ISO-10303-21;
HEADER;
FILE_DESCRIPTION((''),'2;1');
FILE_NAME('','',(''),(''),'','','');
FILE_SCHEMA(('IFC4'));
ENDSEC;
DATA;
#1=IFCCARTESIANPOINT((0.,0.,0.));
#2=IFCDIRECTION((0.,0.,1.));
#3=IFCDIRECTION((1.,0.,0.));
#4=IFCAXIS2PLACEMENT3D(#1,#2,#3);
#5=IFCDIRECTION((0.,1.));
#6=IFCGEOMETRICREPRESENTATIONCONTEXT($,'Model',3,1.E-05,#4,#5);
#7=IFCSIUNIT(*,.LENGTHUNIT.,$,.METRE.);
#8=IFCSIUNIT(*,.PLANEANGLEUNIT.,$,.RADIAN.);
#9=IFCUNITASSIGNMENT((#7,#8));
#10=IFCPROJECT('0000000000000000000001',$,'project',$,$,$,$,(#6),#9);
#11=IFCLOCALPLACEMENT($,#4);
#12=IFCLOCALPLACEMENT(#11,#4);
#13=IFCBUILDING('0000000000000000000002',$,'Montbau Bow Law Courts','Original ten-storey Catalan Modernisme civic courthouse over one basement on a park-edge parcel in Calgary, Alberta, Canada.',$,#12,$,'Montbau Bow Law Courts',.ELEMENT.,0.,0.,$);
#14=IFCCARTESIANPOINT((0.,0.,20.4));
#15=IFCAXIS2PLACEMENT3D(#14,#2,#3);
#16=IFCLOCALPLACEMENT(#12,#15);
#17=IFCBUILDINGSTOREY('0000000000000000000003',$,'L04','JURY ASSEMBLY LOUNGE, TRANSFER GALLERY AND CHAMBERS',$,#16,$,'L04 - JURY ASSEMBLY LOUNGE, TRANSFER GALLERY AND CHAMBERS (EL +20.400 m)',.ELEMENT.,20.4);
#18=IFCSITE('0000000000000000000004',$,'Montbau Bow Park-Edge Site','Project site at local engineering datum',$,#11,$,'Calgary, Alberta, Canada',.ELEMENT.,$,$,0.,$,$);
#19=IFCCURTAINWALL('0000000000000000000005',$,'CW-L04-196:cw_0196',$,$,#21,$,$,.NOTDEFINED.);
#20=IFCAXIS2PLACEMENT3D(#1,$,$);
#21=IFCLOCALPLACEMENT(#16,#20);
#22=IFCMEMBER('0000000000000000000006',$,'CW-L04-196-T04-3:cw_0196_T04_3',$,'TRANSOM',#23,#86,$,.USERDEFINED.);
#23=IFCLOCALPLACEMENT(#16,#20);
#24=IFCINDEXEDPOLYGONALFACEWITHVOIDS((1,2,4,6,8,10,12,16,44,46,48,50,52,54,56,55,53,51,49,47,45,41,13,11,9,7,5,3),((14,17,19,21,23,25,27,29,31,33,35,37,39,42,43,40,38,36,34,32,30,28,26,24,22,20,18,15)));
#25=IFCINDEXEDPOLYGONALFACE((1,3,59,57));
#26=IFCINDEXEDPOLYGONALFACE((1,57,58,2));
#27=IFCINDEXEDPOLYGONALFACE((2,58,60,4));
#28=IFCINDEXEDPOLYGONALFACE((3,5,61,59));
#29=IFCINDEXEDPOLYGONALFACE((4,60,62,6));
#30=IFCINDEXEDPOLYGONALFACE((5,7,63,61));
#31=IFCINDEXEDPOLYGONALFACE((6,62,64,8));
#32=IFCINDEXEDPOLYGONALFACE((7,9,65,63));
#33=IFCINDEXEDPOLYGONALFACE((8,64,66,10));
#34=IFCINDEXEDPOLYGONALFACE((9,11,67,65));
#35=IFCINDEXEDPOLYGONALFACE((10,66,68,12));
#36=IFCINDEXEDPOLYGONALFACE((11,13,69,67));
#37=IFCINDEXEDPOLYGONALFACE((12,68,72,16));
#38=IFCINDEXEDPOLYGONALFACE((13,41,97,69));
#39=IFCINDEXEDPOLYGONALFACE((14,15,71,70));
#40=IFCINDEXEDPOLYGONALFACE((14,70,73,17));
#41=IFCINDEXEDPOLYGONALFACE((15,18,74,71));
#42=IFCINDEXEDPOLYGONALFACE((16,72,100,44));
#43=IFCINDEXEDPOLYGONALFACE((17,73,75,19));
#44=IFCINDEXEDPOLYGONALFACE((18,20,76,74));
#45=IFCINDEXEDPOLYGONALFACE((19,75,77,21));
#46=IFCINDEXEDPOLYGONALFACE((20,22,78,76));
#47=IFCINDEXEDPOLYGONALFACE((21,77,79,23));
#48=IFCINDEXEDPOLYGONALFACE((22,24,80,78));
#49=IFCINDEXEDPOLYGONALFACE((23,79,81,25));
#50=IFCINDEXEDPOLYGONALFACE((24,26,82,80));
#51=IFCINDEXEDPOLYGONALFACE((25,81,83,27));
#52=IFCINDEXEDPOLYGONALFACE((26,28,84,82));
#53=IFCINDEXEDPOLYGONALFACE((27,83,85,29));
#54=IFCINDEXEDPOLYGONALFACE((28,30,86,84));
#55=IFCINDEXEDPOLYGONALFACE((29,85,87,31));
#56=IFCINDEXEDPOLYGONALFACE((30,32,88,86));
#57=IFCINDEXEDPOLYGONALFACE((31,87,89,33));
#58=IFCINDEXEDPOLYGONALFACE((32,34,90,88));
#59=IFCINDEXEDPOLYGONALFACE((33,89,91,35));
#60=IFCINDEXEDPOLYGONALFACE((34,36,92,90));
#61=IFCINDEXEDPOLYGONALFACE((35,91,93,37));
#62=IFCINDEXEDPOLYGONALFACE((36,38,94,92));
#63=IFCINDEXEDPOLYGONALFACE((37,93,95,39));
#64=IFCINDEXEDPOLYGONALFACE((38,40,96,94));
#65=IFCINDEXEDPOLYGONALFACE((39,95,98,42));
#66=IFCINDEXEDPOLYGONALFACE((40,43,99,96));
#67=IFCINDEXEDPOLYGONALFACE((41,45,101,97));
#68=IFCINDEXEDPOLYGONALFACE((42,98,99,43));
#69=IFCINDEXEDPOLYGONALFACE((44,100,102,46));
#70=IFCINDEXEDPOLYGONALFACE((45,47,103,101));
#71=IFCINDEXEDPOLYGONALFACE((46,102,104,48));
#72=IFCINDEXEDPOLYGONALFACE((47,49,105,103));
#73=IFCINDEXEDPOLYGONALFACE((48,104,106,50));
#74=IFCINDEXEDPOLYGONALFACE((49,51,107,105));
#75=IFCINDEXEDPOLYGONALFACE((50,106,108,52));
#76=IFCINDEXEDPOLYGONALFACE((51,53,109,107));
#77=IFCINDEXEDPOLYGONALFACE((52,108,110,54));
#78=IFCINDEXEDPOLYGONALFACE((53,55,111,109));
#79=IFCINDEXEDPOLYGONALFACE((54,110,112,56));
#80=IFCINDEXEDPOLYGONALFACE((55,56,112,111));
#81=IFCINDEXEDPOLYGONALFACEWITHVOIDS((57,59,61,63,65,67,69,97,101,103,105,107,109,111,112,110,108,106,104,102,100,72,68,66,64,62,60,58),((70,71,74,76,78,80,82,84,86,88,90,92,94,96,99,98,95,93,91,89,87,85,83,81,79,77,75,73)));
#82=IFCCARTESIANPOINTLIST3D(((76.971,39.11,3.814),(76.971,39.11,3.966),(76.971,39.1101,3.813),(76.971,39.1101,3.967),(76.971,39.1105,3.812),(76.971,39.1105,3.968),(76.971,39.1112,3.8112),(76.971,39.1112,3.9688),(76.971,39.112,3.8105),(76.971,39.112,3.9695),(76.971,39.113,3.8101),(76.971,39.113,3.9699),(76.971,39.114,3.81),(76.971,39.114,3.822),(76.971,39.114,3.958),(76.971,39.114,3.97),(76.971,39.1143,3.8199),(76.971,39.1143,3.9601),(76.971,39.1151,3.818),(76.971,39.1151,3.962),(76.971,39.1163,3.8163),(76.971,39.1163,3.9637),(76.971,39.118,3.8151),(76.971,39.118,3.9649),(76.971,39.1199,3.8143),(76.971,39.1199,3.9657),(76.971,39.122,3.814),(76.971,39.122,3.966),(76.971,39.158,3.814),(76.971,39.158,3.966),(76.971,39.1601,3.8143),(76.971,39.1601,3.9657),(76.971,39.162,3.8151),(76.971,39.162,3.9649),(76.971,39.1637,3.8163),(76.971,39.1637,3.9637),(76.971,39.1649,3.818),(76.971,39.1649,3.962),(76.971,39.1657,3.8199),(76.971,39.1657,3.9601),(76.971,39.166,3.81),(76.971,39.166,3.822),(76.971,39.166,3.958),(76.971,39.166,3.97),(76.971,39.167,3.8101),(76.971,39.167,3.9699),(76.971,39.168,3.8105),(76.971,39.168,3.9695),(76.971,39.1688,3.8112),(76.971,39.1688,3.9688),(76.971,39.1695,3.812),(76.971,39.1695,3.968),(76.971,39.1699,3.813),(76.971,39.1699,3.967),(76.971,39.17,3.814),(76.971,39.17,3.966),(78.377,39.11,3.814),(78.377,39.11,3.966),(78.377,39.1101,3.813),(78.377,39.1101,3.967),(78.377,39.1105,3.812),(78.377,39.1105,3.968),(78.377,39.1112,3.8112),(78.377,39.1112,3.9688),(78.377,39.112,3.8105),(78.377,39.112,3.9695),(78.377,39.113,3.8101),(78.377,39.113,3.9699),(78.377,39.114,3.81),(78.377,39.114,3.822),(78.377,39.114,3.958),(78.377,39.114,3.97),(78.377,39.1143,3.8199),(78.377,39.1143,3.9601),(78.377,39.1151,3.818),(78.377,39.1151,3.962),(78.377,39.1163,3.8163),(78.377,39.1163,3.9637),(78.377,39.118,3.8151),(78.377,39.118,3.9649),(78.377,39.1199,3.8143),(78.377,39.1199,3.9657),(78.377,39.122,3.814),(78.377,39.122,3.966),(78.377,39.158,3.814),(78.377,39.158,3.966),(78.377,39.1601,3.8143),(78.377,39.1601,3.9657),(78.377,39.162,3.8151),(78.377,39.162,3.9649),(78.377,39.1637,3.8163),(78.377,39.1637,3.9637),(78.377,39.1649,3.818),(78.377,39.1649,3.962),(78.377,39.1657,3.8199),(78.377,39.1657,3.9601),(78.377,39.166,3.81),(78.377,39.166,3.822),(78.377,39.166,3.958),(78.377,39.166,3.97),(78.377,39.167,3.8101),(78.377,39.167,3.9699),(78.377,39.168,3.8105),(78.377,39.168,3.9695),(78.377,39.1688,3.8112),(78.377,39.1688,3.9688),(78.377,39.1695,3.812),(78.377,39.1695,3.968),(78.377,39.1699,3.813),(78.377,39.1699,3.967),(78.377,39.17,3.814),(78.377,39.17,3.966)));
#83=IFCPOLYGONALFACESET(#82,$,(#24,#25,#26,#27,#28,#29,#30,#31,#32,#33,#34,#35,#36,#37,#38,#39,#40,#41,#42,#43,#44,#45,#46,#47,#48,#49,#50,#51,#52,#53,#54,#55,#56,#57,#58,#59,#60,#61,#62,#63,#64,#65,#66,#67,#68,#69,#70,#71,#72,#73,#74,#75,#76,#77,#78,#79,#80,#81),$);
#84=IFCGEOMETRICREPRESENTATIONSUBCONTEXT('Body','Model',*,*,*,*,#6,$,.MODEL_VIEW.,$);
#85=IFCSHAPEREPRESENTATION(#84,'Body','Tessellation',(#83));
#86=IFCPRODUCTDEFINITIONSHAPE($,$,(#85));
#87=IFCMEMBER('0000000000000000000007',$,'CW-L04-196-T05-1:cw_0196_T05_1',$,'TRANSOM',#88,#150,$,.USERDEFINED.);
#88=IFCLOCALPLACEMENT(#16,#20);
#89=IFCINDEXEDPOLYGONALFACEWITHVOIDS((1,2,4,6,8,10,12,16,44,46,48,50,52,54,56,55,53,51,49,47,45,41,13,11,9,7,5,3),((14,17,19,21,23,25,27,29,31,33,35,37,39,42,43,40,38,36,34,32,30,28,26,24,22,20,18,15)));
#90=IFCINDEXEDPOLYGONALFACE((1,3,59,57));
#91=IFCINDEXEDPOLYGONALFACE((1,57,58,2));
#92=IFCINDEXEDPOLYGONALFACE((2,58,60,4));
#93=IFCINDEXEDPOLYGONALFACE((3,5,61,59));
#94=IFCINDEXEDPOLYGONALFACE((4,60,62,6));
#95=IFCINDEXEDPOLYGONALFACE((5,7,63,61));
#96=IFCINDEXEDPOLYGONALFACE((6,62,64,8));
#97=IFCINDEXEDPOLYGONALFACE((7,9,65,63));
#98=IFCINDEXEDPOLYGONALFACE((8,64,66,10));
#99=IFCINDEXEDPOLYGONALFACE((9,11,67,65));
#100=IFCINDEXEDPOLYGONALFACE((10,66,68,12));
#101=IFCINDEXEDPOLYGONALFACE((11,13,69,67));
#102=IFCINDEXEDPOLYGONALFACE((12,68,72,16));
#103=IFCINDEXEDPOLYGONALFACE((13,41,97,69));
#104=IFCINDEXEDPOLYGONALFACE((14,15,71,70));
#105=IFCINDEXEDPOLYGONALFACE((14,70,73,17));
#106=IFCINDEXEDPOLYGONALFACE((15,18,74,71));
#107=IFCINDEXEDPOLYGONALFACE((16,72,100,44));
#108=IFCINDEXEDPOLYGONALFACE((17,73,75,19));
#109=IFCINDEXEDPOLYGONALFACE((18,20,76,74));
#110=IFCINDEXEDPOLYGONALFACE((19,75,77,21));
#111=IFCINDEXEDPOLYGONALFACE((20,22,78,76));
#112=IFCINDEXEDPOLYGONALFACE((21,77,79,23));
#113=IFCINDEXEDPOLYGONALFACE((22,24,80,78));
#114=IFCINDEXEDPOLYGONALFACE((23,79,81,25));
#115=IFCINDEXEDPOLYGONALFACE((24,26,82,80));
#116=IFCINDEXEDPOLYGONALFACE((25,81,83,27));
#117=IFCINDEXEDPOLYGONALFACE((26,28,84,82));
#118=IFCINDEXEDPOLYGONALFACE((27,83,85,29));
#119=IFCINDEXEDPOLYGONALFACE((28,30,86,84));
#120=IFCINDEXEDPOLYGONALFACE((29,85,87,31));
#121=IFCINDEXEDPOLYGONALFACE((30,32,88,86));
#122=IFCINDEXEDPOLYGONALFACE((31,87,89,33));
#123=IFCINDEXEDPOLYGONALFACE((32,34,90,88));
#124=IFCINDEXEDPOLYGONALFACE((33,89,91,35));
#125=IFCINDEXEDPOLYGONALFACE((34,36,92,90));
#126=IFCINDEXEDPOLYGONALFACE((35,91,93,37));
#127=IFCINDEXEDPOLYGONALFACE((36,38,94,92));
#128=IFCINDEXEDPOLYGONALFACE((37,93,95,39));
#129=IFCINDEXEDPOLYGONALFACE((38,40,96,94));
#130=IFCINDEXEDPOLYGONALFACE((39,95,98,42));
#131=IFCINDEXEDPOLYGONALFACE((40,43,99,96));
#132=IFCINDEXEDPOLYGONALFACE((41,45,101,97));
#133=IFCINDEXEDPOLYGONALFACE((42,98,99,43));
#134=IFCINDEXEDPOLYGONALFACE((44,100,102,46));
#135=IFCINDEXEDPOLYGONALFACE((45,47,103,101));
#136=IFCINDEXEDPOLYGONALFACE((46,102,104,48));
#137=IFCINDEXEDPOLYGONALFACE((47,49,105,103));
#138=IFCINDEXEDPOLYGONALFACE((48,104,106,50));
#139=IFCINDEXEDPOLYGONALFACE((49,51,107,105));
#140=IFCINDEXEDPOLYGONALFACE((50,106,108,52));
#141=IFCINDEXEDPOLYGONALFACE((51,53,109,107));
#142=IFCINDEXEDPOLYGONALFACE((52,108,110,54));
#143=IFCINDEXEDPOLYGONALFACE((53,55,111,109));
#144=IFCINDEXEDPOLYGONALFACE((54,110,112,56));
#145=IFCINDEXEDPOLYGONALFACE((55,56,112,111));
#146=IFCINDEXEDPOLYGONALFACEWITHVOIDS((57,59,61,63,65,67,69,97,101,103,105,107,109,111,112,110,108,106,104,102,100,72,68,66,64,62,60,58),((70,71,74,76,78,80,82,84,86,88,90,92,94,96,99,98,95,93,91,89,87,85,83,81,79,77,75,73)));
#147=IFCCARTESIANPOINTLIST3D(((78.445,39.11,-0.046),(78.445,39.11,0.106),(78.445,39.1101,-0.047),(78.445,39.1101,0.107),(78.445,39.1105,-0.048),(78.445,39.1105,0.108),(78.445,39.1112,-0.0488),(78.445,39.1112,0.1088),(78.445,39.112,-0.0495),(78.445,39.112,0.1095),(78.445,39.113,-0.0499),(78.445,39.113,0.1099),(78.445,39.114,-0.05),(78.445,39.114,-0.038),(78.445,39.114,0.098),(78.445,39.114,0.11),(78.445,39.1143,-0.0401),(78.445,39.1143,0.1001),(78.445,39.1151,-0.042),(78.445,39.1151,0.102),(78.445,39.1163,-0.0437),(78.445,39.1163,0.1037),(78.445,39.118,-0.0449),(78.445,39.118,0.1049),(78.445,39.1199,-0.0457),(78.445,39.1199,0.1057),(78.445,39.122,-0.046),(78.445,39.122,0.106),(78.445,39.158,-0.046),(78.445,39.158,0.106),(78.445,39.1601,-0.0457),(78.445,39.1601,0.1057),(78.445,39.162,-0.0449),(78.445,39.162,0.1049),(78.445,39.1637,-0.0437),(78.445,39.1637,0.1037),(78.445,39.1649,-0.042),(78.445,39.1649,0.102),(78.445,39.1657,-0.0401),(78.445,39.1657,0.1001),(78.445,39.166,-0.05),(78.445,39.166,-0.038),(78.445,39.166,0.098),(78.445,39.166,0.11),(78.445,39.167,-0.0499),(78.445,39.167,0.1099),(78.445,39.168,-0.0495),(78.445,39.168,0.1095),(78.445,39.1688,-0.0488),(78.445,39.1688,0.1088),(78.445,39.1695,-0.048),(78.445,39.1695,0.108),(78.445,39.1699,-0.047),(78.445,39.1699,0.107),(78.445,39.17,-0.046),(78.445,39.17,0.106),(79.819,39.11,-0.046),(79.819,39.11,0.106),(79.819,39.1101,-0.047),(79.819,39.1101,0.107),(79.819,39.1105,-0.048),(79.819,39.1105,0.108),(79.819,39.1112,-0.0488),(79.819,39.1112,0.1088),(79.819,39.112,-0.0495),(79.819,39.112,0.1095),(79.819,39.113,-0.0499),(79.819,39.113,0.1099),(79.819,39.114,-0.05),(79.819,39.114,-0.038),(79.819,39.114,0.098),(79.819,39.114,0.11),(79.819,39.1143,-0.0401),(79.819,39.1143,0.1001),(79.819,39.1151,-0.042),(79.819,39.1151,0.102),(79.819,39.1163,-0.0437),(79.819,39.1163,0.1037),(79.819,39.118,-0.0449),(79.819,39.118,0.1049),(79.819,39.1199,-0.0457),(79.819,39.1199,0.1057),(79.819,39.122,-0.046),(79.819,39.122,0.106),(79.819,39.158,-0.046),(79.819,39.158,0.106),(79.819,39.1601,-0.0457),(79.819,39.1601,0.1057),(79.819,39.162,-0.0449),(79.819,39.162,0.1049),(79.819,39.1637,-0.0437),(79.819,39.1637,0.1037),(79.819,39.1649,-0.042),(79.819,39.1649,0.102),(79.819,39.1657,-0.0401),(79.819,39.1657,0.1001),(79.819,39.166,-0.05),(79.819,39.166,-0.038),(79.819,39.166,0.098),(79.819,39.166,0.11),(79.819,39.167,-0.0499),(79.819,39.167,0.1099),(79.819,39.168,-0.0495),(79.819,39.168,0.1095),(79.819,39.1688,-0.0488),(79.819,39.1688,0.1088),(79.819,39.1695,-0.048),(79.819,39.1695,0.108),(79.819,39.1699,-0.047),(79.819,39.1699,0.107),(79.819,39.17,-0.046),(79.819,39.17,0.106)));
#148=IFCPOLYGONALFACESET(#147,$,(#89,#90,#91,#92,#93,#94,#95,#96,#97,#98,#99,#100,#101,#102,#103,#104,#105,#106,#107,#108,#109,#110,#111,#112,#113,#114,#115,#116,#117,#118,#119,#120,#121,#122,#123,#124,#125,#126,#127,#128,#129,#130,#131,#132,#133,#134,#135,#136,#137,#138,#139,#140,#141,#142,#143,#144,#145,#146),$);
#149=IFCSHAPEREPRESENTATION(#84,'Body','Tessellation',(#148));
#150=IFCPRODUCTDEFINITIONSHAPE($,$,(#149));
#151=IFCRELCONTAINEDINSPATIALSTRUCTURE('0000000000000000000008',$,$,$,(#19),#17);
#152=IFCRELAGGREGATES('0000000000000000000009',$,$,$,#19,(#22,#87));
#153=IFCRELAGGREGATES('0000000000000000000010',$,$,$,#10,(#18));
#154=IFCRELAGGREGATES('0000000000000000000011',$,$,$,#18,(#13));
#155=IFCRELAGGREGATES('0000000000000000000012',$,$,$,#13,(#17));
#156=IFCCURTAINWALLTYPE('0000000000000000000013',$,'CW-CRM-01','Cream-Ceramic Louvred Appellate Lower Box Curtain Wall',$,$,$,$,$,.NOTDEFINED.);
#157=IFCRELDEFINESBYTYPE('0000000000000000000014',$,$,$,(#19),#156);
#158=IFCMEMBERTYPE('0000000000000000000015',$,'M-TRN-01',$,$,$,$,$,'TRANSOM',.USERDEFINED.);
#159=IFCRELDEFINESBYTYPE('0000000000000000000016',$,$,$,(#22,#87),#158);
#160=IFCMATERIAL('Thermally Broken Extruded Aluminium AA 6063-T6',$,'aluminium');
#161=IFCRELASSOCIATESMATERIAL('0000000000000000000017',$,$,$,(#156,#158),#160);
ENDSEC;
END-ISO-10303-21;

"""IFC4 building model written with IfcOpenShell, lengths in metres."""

from ifc_helpers import new_model, si_unit, direction, frame, origin_with_axes, origin_2d_with_axis, place, context, subcontext, project, spatial, hollow_rectangle, extrude, material, material_profile, profile_set, type_object, element, aggregate, save


model = new_model("IFC4")

# Units and contexts
model_context = context("Model", 3, precision=1e-05, world=origin_with_axes(), true_north=direction((0.0, 1.0)))
body_context = subcontext(model_context, "Body", "Model", "MODEL_VIEW")
ifc_project = project(units=[si_unit("LENGTHUNIT", "METRE"), si_unit("PLANEANGLEUNIT", "RADIAN")], contexts=[model_context])

# Site, building, storey
site_placement = place(None, origin_with_axes())
site = spatial("IfcSite", under=ifc_project, at=site_placement, Name="Montbau Bow Park-Edge Site", Description="Project site at local engineering datum", LongName="Calgary, Alberta, Canada", CompositionType="ELEMENT", RefElevation=0.0)
building_placement = place(site_placement, origin_with_axes())
building = spatial("IfcBuilding", under=site, at=building_placement, Name="Montbau Bow Law Courts", Description="Original ten-storey Catalan Modernisme civic courthouse over one basement on a park-edge parcel in Calgary, Alberta, Canada.", LongName="Montbau Bow Law Courts", CompositionType="ELEMENT", ElevationOfRefHeight=0.0, ElevationOfTerrain=0.0)
storey_placement = place(building_placement, frame((0.0, 0.0, 20.4), z_axis=(0.0, 0.0, 1.0), x_axis=(1.0, 0.0, 0.0)))
storey = spatial("IfcBuildingStorey", under=building, at=storey_placement, Name="L04", Description="JURY ASSEMBLY LOUNGE, TRANSFER GALLERY AND CHAMBERS", LongName="L04 - JURY ASSEMBLY LOUNGE, TRANSFER GALLERY AND CHAMBERS (EL +20.400 m)", CompositionType="ELEMENT", Elevation=20.4)

# Curtain wall, members
ifc_material_1 = material(Name="Thermally Broken Extruded Aluminium AA 6063-T6", Category="aluminium")
curtain_wall_type = type_object("IfcCurtainWallType", Name="CW-CRM-01", Description="Cream-Ceramic Louvred Appellate Lower Box Curtain Wall", PredefinedType="NOTDEFINED", material=ifc_material_1)
curtain_wall_placement = place(None, frame((72.515, 39.14, 20.4), z_axis=(0.0, 0.0, 1.0), x_axis=(1.0, 0.0, 0.0)))
curtain_wall = element("IfcCurtainWall", 1, at=curtain_wall_placement, inside=storey, type_object=curtain_wall_type, Name="CW-L04-196:cw_0196", PredefinedType="NOTDEFINED")
ifc_material_profile_1 = material_profile(ifc_material_1, hollow_rectangle(XDim=0.06, YDim=0.16, WallThickness=0.004, InnerFilletRadius=0.008, OuterFilletRadius=0.004, at=origin_2d_with_axis()), Name="CWT-160X60", Category="Main", Priority=0)
ifc_profile_set_1 = profile_set([ifc_material_profile_1], Name="Thermally Broken Extruded Aluminium AA 6063-T6")
member_type_1 = type_object("IfcMemberType", Name="M-TRN-01", ElementType="TRANSOM", PredefinedType="USERDEFINED", material=ifc_profile_set_1)
member_1_placement = place(None, frame((76.971, 39.14, 24.29), z_axis=(1.0, 0.0, 0.0), x_axis=(0.0, 1.0, 0.0)))
member_1 = element("IfcMember", 2, at=member_1_placement, type_object=member_type_1, Name="CW-L04-196-T04-3:cw_0196_T04_3", ObjectType="TRANSOM", PredefinedType="USERDEFINED", context=body_context, shape_type="SweptSolid", body=[
    extrude(hollow_rectangle(XDim=0.06, YDim=0.16, WallThickness=0.004, InnerFilletRadius=0.008, OuterFilletRadius=0.004, at=origin_2d_with_axis()), origin_with_axes(), (0.0, 0.0, 1.0), 1.406),
])
member_2_placement = place(None, frame((78.445, 39.14, 20.43), z_axis=(1.0, 0.0, 0.0), x_axis=(0.0, 1.0, 0.0)))
member_2 = element("IfcMember", 3, at=member_2_placement, type_object=member_type_1, Name="CW-L04-196-T05-1:cw_0196_T05_1", ObjectType="TRANSOM", PredefinedType="USERDEFINED", context=body_context, shape_type="SweptSolid", body=[
    extrude(hollow_rectangle(XDim=0.06, YDim=0.16, WallThickness=0.004, InnerFilletRadius=0.008, OuterFilletRadius=0.004, at=origin_2d_with_axis()), origin_with_axes(), (0.0, 0.0, 1.0), 1.374),
])
aggregate(curtain_wall, [member_1, member_2])

save(model, "model.ifc")
